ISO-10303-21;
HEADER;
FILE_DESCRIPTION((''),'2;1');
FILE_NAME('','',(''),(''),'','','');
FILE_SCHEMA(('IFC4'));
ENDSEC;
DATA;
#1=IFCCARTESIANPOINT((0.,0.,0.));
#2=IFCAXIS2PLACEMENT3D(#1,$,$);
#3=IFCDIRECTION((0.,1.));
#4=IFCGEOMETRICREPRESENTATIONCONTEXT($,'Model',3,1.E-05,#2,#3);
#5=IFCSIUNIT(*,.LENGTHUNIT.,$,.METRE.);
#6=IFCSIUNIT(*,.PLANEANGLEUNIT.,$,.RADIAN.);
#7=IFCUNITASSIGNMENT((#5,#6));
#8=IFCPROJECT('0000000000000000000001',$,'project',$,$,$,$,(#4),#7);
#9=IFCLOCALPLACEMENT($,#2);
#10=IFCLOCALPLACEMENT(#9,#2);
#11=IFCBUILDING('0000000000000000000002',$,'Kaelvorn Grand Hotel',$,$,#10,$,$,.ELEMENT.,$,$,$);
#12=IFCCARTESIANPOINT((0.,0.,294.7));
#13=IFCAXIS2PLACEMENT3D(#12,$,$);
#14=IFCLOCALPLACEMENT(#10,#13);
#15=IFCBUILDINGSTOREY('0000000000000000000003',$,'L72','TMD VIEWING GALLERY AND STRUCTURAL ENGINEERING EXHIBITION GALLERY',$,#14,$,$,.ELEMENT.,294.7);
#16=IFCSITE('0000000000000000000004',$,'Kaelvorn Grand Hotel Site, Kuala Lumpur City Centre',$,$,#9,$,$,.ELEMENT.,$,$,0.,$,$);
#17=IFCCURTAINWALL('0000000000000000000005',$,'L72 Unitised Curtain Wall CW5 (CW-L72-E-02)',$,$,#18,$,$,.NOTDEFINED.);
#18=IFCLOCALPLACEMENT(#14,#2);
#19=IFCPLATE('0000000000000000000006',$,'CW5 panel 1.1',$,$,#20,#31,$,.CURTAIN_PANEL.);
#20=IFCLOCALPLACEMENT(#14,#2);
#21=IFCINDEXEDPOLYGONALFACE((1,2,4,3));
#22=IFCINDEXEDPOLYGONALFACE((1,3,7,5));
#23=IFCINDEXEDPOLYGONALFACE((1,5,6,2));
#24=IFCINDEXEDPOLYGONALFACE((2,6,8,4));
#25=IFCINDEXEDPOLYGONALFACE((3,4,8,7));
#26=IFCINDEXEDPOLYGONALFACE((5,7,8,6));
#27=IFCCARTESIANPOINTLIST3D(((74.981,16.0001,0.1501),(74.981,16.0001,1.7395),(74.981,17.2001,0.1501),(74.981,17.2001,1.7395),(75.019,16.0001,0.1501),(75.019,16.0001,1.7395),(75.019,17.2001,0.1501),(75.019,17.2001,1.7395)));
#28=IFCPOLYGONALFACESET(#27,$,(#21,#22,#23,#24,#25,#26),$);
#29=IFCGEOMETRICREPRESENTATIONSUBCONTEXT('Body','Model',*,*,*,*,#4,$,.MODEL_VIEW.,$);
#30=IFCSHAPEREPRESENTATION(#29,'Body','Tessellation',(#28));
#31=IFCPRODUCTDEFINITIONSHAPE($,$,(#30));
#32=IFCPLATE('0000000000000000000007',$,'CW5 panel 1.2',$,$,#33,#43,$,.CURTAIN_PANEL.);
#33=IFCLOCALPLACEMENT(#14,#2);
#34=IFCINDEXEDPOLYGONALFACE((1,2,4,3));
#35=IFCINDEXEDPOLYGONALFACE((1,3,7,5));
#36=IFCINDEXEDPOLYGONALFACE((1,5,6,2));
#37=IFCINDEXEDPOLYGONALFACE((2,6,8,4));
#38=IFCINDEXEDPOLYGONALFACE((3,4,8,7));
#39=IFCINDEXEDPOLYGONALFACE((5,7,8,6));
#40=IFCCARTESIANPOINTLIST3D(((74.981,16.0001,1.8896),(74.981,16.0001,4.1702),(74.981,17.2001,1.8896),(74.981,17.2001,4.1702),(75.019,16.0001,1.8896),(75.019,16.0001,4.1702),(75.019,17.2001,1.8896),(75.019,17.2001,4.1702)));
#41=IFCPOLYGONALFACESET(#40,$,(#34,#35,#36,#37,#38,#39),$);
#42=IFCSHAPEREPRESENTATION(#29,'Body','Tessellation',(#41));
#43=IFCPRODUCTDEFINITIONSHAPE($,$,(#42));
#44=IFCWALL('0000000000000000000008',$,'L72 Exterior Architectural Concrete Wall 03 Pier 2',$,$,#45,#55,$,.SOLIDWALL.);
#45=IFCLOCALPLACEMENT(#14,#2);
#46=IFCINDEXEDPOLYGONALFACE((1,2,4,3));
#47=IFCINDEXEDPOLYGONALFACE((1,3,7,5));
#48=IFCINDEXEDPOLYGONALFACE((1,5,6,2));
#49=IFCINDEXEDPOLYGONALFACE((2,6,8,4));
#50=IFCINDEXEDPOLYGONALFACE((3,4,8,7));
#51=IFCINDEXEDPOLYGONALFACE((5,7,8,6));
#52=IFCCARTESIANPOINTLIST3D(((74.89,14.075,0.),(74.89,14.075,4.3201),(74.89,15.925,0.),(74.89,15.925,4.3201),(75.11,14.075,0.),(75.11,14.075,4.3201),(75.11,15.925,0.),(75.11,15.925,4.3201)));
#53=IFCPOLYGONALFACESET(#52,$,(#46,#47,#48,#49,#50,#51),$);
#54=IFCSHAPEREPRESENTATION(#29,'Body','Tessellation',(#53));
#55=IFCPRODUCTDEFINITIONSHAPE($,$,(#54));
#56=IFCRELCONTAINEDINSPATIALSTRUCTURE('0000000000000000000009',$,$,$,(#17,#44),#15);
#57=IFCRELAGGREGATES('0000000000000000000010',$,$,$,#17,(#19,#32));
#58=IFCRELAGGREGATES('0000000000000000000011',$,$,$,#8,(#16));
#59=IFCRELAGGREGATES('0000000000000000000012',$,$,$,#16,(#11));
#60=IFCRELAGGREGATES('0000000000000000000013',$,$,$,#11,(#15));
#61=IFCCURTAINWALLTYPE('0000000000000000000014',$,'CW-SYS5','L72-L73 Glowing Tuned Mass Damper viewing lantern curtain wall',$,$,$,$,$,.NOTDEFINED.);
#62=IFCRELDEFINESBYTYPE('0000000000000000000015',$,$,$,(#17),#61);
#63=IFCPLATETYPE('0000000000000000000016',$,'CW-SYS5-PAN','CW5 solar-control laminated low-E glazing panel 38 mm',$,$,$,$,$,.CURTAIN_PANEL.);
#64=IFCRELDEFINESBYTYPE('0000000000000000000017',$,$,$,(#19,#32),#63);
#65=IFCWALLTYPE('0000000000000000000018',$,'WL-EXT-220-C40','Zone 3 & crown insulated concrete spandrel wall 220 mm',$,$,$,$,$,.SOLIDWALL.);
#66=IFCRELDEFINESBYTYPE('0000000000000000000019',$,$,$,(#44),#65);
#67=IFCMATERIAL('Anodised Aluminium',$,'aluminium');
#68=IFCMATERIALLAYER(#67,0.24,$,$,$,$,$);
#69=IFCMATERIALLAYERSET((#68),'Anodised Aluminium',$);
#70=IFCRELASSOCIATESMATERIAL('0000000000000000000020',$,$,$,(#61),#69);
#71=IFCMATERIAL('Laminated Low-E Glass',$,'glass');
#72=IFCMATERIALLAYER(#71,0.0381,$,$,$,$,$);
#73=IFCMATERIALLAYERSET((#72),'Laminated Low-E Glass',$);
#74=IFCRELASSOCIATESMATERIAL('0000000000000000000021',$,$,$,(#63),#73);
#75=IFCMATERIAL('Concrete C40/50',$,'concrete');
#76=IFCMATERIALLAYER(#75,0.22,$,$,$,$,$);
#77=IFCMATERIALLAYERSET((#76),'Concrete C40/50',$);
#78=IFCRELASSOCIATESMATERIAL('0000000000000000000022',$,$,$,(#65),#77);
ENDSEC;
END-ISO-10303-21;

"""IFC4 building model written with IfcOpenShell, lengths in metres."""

from ifc_helpers import new_model, si_unit, direction, frame, frame_2d, origin, origin_2d, place, context, subcontext, project, spatial, rectangle, extrude, material, layer, layer_set, type_object, element, aggregate, save


model = new_model("IFC4")

# Units and contexts
model_context = context("Model", 3, precision=1e-05, world=origin(), true_north=direction((0.0, 1.0)))
body_context = subcontext(model_context, "Body", "Model", "MODEL_VIEW")
ifc_project = project(units=[si_unit("LENGTHUNIT", "METRE"), si_unit("PLANEANGLEUNIT", "RADIAN")], contexts=[model_context])

# Site, building, storey
site_placement = place(None, origin())
site = spatial("IfcSite", under=ifc_project, at=site_placement, Name="Kaelvorn Grand Hotel Site, Kuala Lumpur City Centre", CompositionType="ELEMENT", RefElevation=0.0)
building_placement = place(site_placement, origin())
building = spatial("IfcBuilding", under=site, at=building_placement, Name="Kaelvorn Grand Hotel", CompositionType="ELEMENT")
storey_placement = place(building_placement, frame((0.0, 0.0, 294.7)))
storey = spatial("IfcBuildingStorey", under=building, at=storey_placement, Name="L72", Description="TMD VIEWING GALLERY AND STRUCTURAL ENGINEERING EXHIBITION GALLERY", CompositionType="ELEMENT", Elevation=294.7)

# Curtain wall
ifc_material_1 = material(Name="Anodised Aluminium", Category="aluminium")
ifc_layer_1 = layer(ifc_material_1, 0.24)
ifc_layer_set_1 = layer_set([ifc_layer_1], Name="Anodised Aluminium")
curtain_wall_type = type_object("IfcCurtainWallType", Name="CW-SYS5", Description="L72-L73 Glowing Tuned Mass Damper viewing lantern curtain wall", PredefinedType="NOTDEFINED", material=ifc_layer_set_1)
curtain_wall_1_placement = place(storey_placement, origin())
curtain_wall_1 = element("IfcCurtainWall", 1, at=curtain_wall_1_placement, inside=storey, type_object=curtain_wall_type, Name="L72 Unitised Curtain Wall CW5 (CW-L72-E-02)", PredefinedType="NOTDEFINED")

# Plates
ifc_material_2 = material(Name="Laminated Low-E Glass", Category="glass")
ifc_layer_2 = layer(ifc_material_2, 0.0381)
ifc_layer_set_2 = layer_set([ifc_layer_2], Name="Laminated Low-E Glass")
plate_type = type_object("IfcPlateType", Name="CW-SYS5-PAN", Description="CW5 solar-control laminated low-E glazing panel 38 mm", PredefinedType="CURTAIN_PANEL", material=ifc_layer_set_2)
plate_1_placement = place(storey_placement, frame((75.0, 16.6001, 0.1501), z_axis=(0.0, 0.0, 1.0), x_axis=(0.0, 1.0, 0.0)))
plate_1 = element("IfcPlate", 2, at=plate_1_placement, type_object=plate_type, Name="CW5 panel 1.1", PredefinedType="CURTAIN_PANEL", context=body_context, shape_type="SweptSolid", body=[
    extrude(rectangle(XDim=1.2, YDim=0.0381, at=origin_2d()), origin(), (0.0, 0.0, 1.0), 1.5894),
])
plate_2_placement = place(storey_placement, frame((75.0, 16.6001, 1.8896), z_axis=(0.0, 0.0, 1.0), x_axis=(0.0, 1.0, 0.0)))
plate_2 = element("IfcPlate", 3, at=plate_2_placement, type_object=plate_type, Name="CW5 panel 1.2", PredefinedType="CURTAIN_PANEL", context=body_context, shape_type="SweptSolid", body=[
    extrude(rectangle(XDim=1.2, YDim=0.0381, at=origin_2d()), origin(), (0.0, 0.0, 1.0), 2.2805),
])
aggregate(curtain_wall_1, [plate_1, plate_2])

# Wall
ifc_material_3 = material(Name="Concrete C40/50", Category="concrete")
ifc_layer_3 = layer(ifc_material_3, 0.22)
ifc_layer_set_3 = layer_set([ifc_layer_3], Name="Concrete C40/50")
wall_type = type_object("IfcWallType", Name="WL-EXT-220-C40", Description="Zone 3 & crown insulated concrete spandrel wall 220 mm", PredefinedType="SOLIDWALL", material=ifc_layer_set_3)
wall_placement = place(storey_placement, frame((75.0, 14.075, 0.0), z_axis=(0.0, 0.0, 1.0), x_axis=(0.0, 1.0, 0.0)))
element("IfcWall", 4, at=wall_placement, inside=storey, type_object=wall_type, Name="L72 Exterior Architectural Concrete Wall 03 Pier 2", PredefinedType="SOLIDWALL", context=body_context, shape_type="SweptSolid", body=[
    extrude(rectangle(XDim=1.8501, YDim=0.22, at=frame_2d((0.925, 0.0))), origin(), (0.0, 0.0, 1.0), 4.3201),
])

save(model, "model.ifc")
